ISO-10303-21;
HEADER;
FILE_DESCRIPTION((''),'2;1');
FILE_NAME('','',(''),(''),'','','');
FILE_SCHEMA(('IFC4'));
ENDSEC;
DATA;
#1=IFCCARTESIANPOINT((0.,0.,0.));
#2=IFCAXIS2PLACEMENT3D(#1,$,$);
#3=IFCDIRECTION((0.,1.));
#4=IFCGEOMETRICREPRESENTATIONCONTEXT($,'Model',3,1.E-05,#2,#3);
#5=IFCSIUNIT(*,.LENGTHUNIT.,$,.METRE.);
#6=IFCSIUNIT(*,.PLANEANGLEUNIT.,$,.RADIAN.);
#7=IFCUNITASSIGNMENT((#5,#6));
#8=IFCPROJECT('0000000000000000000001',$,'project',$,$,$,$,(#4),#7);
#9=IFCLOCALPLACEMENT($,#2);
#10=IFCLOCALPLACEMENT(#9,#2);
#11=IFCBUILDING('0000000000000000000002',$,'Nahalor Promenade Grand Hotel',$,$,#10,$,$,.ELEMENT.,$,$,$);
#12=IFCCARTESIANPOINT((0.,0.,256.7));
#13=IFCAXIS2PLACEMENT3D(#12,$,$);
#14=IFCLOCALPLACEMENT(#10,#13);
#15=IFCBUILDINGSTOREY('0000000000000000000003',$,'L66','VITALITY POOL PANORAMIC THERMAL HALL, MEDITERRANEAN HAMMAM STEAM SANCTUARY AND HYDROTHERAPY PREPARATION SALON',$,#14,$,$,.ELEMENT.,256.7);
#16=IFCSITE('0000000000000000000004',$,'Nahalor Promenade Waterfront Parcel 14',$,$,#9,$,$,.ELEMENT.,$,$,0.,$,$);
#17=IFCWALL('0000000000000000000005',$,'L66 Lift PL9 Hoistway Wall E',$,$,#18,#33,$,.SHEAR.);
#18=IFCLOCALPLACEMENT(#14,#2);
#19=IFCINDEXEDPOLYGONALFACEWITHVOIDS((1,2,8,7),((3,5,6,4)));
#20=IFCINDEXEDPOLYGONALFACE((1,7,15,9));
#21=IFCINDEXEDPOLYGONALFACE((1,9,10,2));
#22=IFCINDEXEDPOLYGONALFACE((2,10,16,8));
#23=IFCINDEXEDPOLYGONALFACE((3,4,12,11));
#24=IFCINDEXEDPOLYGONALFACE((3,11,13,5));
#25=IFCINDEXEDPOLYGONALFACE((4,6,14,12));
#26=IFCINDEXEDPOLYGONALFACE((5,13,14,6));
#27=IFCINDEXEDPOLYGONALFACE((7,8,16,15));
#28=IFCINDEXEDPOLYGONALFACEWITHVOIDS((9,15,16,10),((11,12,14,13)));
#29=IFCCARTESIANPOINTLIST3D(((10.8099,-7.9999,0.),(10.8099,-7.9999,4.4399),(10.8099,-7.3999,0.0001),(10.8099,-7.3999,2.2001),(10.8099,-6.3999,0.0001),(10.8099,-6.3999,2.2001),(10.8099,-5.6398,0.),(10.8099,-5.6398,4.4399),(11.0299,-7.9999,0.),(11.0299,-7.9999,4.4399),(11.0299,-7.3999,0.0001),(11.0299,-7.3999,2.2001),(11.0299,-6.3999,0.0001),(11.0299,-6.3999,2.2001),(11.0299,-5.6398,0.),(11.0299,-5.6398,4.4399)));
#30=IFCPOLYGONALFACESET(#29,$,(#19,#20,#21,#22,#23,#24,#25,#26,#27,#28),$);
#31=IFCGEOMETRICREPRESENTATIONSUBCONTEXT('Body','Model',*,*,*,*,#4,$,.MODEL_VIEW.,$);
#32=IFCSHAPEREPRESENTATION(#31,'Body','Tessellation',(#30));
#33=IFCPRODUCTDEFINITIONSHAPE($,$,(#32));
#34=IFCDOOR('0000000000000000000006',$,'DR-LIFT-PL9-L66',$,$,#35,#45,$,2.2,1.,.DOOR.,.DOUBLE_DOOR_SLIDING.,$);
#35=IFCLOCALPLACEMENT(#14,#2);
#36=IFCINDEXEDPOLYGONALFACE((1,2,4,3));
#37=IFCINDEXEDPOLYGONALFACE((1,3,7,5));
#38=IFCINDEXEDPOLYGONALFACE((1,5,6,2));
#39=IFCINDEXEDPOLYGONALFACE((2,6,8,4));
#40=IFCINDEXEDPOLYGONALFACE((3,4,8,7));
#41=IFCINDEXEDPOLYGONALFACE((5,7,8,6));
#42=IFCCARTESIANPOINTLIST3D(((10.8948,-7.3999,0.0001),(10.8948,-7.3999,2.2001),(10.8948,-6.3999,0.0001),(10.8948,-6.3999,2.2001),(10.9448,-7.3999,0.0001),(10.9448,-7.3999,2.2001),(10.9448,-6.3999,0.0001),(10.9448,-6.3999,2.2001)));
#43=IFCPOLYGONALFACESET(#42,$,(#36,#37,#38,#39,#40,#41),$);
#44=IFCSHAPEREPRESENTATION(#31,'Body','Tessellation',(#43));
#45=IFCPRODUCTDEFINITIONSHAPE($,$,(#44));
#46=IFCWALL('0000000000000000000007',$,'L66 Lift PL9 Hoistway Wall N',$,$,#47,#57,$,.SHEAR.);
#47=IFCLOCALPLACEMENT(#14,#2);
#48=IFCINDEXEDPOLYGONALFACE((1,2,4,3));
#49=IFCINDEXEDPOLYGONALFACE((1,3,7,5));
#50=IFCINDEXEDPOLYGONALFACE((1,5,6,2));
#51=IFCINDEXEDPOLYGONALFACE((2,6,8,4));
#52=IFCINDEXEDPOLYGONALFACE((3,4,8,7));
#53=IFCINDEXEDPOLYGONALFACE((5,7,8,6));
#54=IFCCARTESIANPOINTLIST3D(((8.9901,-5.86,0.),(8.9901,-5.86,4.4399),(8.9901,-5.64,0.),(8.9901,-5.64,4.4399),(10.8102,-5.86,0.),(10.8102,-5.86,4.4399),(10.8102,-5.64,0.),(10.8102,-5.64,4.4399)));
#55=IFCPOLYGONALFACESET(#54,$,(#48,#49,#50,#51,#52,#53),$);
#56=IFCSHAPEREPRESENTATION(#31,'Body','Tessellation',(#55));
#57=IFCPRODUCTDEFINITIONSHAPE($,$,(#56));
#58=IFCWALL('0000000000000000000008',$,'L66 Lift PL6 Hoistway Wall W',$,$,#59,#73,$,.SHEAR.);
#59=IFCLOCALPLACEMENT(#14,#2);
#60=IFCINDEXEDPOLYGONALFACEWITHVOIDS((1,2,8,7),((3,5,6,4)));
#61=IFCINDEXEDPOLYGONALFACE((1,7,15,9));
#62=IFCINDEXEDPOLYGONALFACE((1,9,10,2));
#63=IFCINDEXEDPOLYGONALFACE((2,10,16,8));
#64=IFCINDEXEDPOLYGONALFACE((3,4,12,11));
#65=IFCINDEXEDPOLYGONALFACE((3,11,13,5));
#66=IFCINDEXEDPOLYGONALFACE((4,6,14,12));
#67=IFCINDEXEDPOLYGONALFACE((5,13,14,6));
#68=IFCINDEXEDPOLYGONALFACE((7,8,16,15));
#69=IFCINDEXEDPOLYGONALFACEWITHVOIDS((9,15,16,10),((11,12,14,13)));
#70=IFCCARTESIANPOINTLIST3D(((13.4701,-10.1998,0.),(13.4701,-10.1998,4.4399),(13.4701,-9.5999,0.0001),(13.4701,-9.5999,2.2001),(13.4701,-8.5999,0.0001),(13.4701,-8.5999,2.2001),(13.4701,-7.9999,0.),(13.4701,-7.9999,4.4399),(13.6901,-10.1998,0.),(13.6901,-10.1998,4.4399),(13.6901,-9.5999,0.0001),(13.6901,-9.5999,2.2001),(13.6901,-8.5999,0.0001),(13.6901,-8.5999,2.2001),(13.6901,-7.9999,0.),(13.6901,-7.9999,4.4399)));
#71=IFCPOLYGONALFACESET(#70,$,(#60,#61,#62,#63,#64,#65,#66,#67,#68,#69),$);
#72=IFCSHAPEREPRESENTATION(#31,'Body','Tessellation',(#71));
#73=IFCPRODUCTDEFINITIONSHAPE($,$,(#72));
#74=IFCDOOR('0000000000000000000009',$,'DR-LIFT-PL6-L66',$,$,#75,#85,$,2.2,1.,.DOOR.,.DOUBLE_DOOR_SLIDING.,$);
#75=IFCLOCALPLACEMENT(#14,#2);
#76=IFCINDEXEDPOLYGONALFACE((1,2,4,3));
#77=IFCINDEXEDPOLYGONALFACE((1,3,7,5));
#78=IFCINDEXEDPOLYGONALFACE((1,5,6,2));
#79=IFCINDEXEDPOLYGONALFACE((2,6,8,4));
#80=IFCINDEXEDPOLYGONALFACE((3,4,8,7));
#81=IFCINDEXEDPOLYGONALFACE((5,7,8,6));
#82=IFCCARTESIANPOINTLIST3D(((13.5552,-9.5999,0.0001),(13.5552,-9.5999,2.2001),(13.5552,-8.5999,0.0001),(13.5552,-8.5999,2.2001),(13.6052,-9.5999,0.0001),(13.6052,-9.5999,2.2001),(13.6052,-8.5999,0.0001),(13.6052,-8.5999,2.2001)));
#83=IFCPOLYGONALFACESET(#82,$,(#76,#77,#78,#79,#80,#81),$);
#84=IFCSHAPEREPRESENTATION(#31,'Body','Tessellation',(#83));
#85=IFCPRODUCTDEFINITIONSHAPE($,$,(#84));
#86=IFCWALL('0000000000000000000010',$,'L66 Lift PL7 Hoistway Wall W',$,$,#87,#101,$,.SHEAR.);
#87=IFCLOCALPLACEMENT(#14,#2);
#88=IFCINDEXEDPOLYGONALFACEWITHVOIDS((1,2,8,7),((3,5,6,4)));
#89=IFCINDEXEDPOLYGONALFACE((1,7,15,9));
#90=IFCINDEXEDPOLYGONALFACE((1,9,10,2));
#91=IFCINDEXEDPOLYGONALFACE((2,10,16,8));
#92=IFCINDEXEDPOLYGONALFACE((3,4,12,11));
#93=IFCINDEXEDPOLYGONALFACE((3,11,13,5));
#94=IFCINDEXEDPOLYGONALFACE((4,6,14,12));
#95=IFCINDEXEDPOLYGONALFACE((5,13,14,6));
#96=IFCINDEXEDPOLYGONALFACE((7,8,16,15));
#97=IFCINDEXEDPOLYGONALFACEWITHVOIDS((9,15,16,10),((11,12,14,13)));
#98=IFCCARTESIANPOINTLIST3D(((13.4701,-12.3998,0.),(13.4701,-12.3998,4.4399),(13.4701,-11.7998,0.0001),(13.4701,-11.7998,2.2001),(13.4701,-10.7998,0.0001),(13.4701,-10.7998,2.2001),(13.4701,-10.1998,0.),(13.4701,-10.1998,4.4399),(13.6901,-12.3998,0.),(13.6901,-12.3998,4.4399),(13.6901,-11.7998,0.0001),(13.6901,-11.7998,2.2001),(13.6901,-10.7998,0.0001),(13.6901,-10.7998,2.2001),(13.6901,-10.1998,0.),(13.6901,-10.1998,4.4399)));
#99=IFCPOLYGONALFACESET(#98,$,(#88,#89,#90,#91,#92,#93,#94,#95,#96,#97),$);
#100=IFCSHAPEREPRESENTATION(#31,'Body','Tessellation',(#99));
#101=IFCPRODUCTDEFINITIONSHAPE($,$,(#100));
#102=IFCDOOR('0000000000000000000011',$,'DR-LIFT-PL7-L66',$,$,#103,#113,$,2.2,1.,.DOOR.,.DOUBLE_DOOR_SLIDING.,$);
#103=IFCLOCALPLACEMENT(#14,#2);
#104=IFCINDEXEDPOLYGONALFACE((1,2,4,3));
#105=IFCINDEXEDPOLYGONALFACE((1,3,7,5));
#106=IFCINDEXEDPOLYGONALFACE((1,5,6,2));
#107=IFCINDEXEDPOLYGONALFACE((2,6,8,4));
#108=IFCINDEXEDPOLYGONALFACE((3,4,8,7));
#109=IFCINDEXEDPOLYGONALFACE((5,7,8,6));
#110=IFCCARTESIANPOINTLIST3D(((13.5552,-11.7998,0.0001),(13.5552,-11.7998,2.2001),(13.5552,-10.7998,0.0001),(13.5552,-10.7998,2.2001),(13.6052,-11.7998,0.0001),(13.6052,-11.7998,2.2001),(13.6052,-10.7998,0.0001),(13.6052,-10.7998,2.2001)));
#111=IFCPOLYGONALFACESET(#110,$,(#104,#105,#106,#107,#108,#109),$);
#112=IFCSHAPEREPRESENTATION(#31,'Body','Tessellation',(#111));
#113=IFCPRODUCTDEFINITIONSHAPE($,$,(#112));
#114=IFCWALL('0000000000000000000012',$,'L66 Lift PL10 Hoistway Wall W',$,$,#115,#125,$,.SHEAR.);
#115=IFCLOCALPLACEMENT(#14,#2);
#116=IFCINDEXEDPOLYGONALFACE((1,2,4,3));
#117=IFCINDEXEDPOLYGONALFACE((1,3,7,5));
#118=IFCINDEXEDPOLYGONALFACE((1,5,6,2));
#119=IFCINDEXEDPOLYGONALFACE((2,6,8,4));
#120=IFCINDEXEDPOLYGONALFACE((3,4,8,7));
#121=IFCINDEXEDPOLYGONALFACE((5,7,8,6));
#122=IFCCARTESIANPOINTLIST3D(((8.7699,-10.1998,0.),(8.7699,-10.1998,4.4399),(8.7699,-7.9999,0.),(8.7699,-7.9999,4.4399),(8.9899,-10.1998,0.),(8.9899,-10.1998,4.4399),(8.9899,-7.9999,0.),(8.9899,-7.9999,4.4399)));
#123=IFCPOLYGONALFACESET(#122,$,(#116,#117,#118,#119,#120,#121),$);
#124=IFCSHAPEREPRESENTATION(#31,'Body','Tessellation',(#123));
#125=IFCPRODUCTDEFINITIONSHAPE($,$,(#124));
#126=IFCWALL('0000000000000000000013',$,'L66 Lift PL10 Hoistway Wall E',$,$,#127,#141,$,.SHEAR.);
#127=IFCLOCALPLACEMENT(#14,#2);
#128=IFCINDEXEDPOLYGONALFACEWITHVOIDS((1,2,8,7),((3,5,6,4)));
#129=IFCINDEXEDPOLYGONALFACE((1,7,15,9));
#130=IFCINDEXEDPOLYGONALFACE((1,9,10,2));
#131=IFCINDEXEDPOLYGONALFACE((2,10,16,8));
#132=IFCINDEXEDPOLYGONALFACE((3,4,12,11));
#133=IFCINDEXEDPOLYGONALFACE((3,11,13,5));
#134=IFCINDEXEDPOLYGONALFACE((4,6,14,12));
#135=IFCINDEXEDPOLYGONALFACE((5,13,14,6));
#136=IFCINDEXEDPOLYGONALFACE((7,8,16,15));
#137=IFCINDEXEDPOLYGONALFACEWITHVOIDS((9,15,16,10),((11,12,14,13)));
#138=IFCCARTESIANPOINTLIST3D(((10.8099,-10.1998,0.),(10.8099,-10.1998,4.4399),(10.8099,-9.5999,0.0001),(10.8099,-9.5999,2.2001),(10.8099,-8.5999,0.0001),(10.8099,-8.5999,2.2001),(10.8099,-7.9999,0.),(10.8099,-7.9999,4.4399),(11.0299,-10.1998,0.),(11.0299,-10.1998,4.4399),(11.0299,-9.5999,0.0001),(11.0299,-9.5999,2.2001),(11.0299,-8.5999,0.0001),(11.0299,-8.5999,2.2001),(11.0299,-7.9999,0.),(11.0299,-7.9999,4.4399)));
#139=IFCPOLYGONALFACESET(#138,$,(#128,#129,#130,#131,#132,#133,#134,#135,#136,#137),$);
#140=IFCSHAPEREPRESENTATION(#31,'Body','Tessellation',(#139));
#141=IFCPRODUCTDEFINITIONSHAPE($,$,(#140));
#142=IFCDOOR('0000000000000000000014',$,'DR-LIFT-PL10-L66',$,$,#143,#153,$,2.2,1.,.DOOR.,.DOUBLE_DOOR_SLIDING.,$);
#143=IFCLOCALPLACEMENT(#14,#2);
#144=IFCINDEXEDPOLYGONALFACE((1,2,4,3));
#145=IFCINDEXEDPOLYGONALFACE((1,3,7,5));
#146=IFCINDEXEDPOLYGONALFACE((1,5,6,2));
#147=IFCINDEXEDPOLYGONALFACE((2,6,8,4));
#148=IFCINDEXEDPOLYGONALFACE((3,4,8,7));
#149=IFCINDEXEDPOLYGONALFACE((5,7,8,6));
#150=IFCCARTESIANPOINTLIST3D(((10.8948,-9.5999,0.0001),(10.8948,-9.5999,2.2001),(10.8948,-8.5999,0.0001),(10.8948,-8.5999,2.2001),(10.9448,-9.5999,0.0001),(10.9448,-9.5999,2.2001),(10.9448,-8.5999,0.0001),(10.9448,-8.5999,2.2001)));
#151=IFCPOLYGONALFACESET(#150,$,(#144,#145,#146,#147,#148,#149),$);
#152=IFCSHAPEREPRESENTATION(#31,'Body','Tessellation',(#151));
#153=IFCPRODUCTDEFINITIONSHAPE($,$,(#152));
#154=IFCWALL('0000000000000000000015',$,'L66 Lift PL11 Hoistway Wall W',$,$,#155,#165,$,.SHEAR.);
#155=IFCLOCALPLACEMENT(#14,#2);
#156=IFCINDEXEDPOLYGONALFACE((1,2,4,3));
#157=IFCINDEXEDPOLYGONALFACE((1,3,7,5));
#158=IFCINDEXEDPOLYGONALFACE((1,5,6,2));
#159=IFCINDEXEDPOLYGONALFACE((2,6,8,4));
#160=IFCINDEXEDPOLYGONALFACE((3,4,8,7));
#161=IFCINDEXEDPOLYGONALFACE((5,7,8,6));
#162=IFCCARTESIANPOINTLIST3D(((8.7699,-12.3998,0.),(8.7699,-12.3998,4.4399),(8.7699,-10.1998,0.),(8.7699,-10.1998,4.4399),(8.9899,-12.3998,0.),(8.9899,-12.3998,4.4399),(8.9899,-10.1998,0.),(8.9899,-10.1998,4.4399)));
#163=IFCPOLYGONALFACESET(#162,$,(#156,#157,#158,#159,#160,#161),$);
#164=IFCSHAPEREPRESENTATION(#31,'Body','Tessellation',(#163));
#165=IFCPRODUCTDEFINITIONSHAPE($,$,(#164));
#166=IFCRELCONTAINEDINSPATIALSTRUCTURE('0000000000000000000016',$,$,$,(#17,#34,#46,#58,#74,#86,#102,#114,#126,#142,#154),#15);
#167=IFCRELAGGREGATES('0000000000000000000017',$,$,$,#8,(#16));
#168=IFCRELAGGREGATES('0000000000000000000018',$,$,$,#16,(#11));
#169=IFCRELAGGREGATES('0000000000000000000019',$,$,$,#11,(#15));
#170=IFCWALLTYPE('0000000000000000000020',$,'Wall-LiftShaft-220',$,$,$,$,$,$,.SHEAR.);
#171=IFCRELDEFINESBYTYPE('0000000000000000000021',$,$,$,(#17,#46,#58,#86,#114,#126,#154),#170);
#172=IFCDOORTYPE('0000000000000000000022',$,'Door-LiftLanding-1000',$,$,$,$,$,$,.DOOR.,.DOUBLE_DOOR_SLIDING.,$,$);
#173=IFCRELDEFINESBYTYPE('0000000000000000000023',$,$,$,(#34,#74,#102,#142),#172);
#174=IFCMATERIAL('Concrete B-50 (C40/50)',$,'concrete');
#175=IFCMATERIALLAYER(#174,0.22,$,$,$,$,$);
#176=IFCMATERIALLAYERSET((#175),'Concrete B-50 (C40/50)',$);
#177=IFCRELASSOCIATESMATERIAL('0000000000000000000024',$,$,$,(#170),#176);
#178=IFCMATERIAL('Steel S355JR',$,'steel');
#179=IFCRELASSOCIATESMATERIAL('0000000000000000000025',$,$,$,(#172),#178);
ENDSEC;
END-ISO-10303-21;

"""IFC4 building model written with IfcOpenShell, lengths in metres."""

from ifc_helpers import new_model, si_unit, direction, frame, frame_2d, origin, place, context, subcontext, project, spatial, rectangle, extrude, source, transform, mapped, material, layer, layer_set, type_object, element, fill, save


model = new_model("IFC4")

# Units and contexts
model_context = context("Model", 3, precision=1e-05, world=origin(), true_north=direction((0.0, 1.0)))
body_context = subcontext(model_context, "Body", "Model", "MODEL_VIEW")
ifc_project = project(units=[si_unit("LENGTHUNIT", "METRE"), si_unit("PLANEANGLEUNIT", "RADIAN")], contexts=[model_context])

# Site, building, storey
site_placement = place(None, origin())
site = spatial("IfcSite", under=ifc_project, at=site_placement, Name="Nahalor Promenade Waterfront Parcel 14", CompositionType="ELEMENT", RefElevation=0.0)
building_placement = place(site_placement, origin())
building = spatial("IfcBuilding", under=site, at=building_placement, Name="Nahalor Promenade Grand Hotel", CompositionType="ELEMENT")
storey_placement = place(building_placement, frame((0.0, 0.0, 256.7)))
storey = spatial("IfcBuildingStorey", under=building, at=storey_placement, Name="L66", Description="VITALITY POOL PANORAMIC THERMAL HALL, MEDITERRANEAN HAMMAM STEAM SANCTUARY AND HYDROTHERAPY PREPARATION SALON", CompositionType="ELEMENT", Elevation=256.7)

# Shared definitions
ifc_material_1 = material(Name="Steel S355JR", Category="steel")

# Shared definitions
ifc_material_2 = material(Name="Concrete B-50 (C40/50)", Category="concrete")
ifc_layer_1 = layer(ifc_material_2, 0.22)
ifc_layer_set_1 = layer_set([ifc_layer_1], Name="Concrete B-50 (C40/50)")
wall_type_1 = type_object("IfcWallType", Name="Wall-LiftShaft-220", PredefinedType="SHEAR", material=ifc_layer_set_1)

# Shared definitions
shared_shape_1 = source(origin(), body_context, "Body", "SweptSolid", [
    extrude(rectangle(XDim=2.3601, YDim=0.22, at=frame_2d((1.1802, 0.0))), origin(), (0.0, 0.0, 1.0), 4.4399),
])
door_type = type_object("IfcDoorType", Name="Door-LiftLanding-1000", OperationType="DOUBLE_DOOR_SLIDING", PredefinedType="DOOR", material=ifc_material_1)
shared_shape_2 = source(origin(), body_context, "Body", "SweptSolid", [
    extrude(rectangle(XDim=1.0, YDim=2.2, at=frame_2d((0.5, 1.1001))), frame((0.0, 0.0249, 0.0), z_axis=(0.0, -1.0, 0.0), x_axis=(1.0, 0.0, 0.0)), (0.0, 0.0, 1.0), 0.05),
])

# Wall, opening, door
wall_1_placement = place(storey_placement, frame((10.9199, -8.0, 0.0), z_axis=(0.0, 0.0, 1.0), x_axis=(0.0, 1.0, 0.0)))
wall_1 = element("IfcWall", 1, at=wall_1_placement, inside=storey, type_object=wall_type_1, Name="L66 Lift PL9 Hoistway Wall E", PredefinedType="SHEAR", context=body_context, shape_type="MappedRepresentation", body=[
    mapped(shared_shape_1, transform((0.0, 0.0, 0.0), scale=1.0)),
])
opening_1_placement = place(wall_1_placement, frame((0.6001, 0.0, 0.0)))
opening_1 = element("IfcOpeningElement", 2, at=opening_1_placement, cuts=wall_1, PredefinedType="OPENING", context=body_context, shape_type="SweptSolid", body=[
    extrude(rectangle(XDim=1.0, YDim=2.2, at=frame_2d((0.5, 1.1001))), frame((0.0, 0.1199, 0.0), z_axis=(0.0, -1.0, 0.0), x_axis=(1.0, 0.0, 0.0)), (0.0, 0.0, 1.0), 0.24),
])
door_1_placement = place(opening_1_placement, frame((1.0, 0.0, 0.0), z_axis=(0.0, 0.0, 1.0), x_axis=(-1.0, 0.0, 0.0)))
door_1 = element("IfcDoor", 3, at=door_1_placement, inside=storey, type_object=door_type, Name="DR-LIFT-PL9-L66", OperationType="DOUBLE_DOOR_SLIDING", OverallHeight=2.2, OverallWidth=1.0, PredefinedType="DOOR", context=body_context, shape_type="MappedRepresentation", body=[
    mapped(shared_shape_2, transform((0.0, 0.0, 0.0), scale=1.0)),
])
fill(opening_1, door_1)

# Wall
shared_shape_3 = source(origin(), body_context, "Body", "SweptSolid", [
    extrude(rectangle(XDim=1.8201, YDim=0.22, at=frame_2d((0.9102, 0.0))), origin(), (0.0, 0.0, 1.0), 4.4399),
])
wall_2_placement = place(storey_placement, frame((8.99, -5.75, 0.0), z_axis=(0.0, 0.0, 1.0), x_axis=(1.0, 0.0, 0.0)))
element("IfcWall", 4, at=wall_2_placement, inside=storey, type_object=wall_type_1, Name="L66 Lift PL9 Hoistway Wall N", PredefinedType="SHEAR", context=body_context, shape_type="MappedRepresentation", body=[
    mapped(shared_shape_3, transform((0.0, 0.0, 0.0), scale=1.0)),
])

# Walls, openings, doors
shared_shape_4 = source(origin(), body_context, "Body", "SweptSolid", [
    extrude(rectangle(XDim=2.2, YDim=0.22, at=frame_2d((1.1001, 0.0))), origin(), (0.0, 0.0, 1.0), 4.4399),
])
wall_3_placement = place(storey_placement, frame((13.5801, -10.2, 0.0), z_axis=(0.0, 0.0, 1.0), x_axis=(0.0, 1.0, 0.0)))
wall_3 = element("IfcWall", 5, at=wall_3_placement, inside=storey, type_object=wall_type_1, Name="L66 Lift PL6 Hoistway Wall W", PredefinedType="SHEAR", context=body_context, shape_type="MappedRepresentation", body=[
    mapped(shared_shape_4, transform((0.0, 0.0, 0.0), scale=1.0)),
])
opening_2_placement = place(wall_3_placement, frame((0.6001, 0.0, 0.0)))
opening_2 = element("IfcOpeningElement", 6, at=opening_2_placement, cuts=wall_3, PredefinedType="OPENING", context=body_context, shape_type="SweptSolid", body=[
    extrude(rectangle(XDim=1.0, YDim=2.2, at=frame_2d((0.5, 1.1001))), frame((0.0, 0.1199, 0.0), z_axis=(0.0, -1.0, 0.0), x_axis=(1.0, 0.0, 0.0)), (0.0, 0.0, 1.0), 0.24),
])
door_2_placement = place(opening_2_placement, origin())
door_2 = element("IfcDoor", 7, at=door_2_placement, inside=storey, type_object=door_type, Name="DR-LIFT-PL6-L66", OperationType="DOUBLE_DOOR_SLIDING", OverallHeight=2.2, OverallWidth=1.0, PredefinedType="DOOR", context=body_context, shape_type="MappedRepresentation", body=[
    mapped(shared_shape_2, transform((0.0, 0.0, 0.0), scale=1.0)),
])
fill(opening_2, door_2)
wall_4_placement = place(storey_placement, frame((13.5801, -12.3999, 0.0), z_axis=(0.0, 0.0, 1.0), x_axis=(0.0, 1.0, 0.0)))
wall_4 = element("IfcWall", 8, at=wall_4_placement, inside=storey, type_object=wall_type_1, Name="L66 Lift PL7 Hoistway Wall W", PredefinedType="SHEAR", context=body_context, shape_type="MappedRepresentation", body=[
    mapped(shared_shape_4, transform((0.0, 0.0, 0.0), scale=1.0)),
])
opening_3_placement = place(wall_4_placement, frame((0.6001, 0.0, 0.0)))
opening_3 = element("IfcOpeningElement", 9, at=opening_3_placement, cuts=wall_4, PredefinedType="OPENING", context=body_context, shape_type="SweptSolid", body=[
    extrude(rectangle(XDim=1.0, YDim=2.2, at=frame_2d((0.5, 1.1001))), frame((0.0, 0.1199, 0.0), z_axis=(0.0, -1.0, 0.0), x_axis=(1.0, 0.0, 0.0)), (0.0, 0.0, 1.0), 0.24),
])
door_3_placement = place(opening_3_placement, origin())
door_3 = element("IfcDoor", 10, at=door_3_placement, inside=storey, type_object=door_type, Name="DR-LIFT-PL7-L66", OperationType="DOUBLE_DOOR_SLIDING", OverallHeight=2.2, OverallWidth=1.0, PredefinedType="DOOR", context=body_context, shape_type="MappedRepresentation", body=[
    mapped(shared_shape_2, transform((0.0, 0.0, 0.0), scale=1.0)),
])
fill(opening_3, door_3)

# Wall
wall_5_placement = place(storey_placement, frame((8.8799, -10.2, 0.0), z_axis=(0.0, 0.0, 1.0), x_axis=(0.0, 1.0, 0.0)))
element("IfcWall", 11, at=wall_5_placement, inside=storey, type_object=wall_type_1, Name="L66 Lift PL10 Hoistway Wall W", PredefinedType="SHEAR", context=body_context, shape_type="MappedRepresentation", body=[
    mapped(shared_shape_4, transform((0.0, 0.0, 0.0), scale=1.0)),
])

# Wall, opening, door
wall_6_placement = place(storey_placement, frame((10.9199, -10.2, 0.0), z_axis=(0.0, 0.0, 1.0), x_axis=(0.0, 1.0, 0.0)))
wall_6 = element("IfcWall", 12, at=wall_6_placement, inside=storey, type_object=wall_type_1, Name="L66 Lift PL10 Hoistway Wall E", PredefinedType="SHEAR", context=body_context, shape_type="MappedRepresentation", body=[
    mapped(shared_shape_4, transform((0.0, 0.0, 0.0), scale=1.0)),
])
opening_4_placement = place(wall_6_placement, frame((0.6001, 0.0, 0.0)))
opening_4 = element("IfcOpeningElement", 13, at=opening_4_placement, cuts=wall_6, PredefinedType="OPENING", context=body_context, shape_type="SweptSolid", body=[
    extrude(rectangle(XDim=1.0, YDim=2.2, at=frame_2d((0.5, 1.1001))), frame((0.0, 0.1199, 0.0), z_axis=(0.0, -1.0, 0.0), x_axis=(1.0, 0.0, 0.0)), (0.0, 0.0, 1.0), 0.24),
])
door_4_placement = place(opening_4_placement, frame((1.0, 0.0, 0.0), z_axis=(0.0, 0.0, 1.0), x_axis=(-1.0, 0.0, 0.0)))
door_4 = element("IfcDoor", 14, at=door_4_placement, inside=storey, type_object=door_type, Name="DR-LIFT-PL10-L66", OperationType="DOUBLE_DOOR_SLIDING", OverallHeight=2.2, OverallWidth=1.0, PredefinedType="DOOR", context=body_context, shape_type="MappedRepresentation", body=[
    mapped(shared_shape_2, transform((0.0, 0.0, 0.0), scale=1.0)),
])
fill(opening_4, door_4)

# Wall
wall_7_placement = place(storey_placement, frame((8.8799, -12.3999, 0.0), z_axis=(0.0, 0.0, 1.0), x_axis=(0.0, 1.0, 0.0)))
element("IfcWall", 15, at=wall_7_placement, inside=storey, type_object=wall_type_1, Name="L66 Lift PL11 Hoistway Wall W", PredefinedType="SHEAR", context=body_context, shape_type="MappedRepresentation", body=[
    mapped(shared_shape_4, transform((0.0, 0.0, 0.0), scale=1.0)),
])

save(model, "model.ifc")
